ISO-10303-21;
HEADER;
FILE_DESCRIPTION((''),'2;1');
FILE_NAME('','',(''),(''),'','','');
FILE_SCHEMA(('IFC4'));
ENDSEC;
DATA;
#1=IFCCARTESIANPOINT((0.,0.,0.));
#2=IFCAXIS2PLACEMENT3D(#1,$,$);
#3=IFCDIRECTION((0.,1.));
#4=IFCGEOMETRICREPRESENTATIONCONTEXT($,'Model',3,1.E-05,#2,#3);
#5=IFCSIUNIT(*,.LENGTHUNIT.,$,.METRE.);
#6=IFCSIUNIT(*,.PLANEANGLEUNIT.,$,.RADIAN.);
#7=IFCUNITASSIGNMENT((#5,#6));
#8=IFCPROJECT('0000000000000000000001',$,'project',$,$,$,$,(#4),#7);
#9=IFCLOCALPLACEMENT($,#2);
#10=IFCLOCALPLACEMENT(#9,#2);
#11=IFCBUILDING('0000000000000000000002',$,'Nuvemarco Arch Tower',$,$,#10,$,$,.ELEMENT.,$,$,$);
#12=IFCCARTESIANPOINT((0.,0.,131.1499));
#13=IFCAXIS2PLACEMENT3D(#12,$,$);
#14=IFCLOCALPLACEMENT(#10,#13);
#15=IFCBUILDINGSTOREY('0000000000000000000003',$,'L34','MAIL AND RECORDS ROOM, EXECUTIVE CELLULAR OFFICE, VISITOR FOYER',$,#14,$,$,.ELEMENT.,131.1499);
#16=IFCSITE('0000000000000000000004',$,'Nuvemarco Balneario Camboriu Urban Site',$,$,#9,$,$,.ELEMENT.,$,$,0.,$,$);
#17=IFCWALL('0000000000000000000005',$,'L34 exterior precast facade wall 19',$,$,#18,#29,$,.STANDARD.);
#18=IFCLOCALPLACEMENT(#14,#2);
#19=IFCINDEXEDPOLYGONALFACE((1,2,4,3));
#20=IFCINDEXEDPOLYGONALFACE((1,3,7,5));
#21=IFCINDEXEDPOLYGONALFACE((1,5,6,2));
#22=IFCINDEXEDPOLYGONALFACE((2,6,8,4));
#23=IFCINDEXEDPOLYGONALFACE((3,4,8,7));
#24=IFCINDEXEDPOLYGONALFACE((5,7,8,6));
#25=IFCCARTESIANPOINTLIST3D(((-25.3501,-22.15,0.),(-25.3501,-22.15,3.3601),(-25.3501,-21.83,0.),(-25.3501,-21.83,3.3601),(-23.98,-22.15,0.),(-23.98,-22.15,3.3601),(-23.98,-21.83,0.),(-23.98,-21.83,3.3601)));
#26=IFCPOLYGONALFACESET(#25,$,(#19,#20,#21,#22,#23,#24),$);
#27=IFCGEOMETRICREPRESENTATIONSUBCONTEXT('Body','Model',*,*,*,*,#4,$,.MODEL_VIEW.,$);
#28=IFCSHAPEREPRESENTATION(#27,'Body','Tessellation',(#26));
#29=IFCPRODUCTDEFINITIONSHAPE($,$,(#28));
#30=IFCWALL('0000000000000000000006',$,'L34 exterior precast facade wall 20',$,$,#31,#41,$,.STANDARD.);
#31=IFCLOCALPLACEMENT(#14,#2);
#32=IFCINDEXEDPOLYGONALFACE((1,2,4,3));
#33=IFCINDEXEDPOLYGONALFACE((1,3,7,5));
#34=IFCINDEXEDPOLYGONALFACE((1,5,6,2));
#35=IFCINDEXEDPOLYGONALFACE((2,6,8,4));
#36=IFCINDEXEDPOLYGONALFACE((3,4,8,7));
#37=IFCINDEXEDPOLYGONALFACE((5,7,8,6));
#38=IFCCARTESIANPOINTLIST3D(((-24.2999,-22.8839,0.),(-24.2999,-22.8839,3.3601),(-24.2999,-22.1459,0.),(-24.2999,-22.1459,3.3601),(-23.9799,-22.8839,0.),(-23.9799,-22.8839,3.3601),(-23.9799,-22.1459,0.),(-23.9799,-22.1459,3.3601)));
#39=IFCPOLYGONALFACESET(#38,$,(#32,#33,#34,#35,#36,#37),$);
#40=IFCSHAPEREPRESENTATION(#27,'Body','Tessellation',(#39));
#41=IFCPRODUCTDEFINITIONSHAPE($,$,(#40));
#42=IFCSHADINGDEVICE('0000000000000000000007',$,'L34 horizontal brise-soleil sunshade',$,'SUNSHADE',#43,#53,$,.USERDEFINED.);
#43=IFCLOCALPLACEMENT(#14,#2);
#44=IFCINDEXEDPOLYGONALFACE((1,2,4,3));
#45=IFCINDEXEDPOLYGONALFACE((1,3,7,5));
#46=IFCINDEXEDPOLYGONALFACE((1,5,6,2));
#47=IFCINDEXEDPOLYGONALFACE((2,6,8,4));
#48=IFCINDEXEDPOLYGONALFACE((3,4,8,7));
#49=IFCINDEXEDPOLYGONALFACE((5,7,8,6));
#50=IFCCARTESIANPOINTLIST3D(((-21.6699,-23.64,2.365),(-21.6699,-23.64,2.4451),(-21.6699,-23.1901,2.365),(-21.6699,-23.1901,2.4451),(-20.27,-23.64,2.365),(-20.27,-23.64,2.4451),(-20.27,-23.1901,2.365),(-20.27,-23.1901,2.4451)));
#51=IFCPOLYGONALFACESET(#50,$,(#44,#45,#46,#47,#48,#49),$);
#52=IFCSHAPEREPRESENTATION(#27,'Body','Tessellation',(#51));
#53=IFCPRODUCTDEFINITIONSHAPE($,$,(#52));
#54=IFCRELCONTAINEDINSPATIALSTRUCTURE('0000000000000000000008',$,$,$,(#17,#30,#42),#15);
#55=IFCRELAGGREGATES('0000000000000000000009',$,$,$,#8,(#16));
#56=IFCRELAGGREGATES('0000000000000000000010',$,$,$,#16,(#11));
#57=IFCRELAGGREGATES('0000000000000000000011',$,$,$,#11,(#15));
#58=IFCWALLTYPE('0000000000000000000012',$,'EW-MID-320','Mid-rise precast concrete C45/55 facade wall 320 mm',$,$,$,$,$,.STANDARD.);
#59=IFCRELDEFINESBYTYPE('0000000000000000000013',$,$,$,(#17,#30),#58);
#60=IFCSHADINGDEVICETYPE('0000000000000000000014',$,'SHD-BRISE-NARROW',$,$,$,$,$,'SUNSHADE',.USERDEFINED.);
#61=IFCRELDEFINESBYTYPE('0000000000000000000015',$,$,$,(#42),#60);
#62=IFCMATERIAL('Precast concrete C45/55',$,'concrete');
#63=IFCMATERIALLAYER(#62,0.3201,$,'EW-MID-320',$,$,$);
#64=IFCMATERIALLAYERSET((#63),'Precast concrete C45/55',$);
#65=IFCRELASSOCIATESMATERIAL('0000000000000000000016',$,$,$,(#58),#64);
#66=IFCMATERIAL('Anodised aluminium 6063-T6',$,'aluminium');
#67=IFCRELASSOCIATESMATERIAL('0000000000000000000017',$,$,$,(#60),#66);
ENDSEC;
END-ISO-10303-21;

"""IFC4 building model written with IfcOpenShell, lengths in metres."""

from ifc_helpers import new_model, si_unit, direction, frame, frame_2d, origin, origin_2d, place, context, subcontext, project, spatial, rectangle, extrude, source, transform, mapped, material, layer, layer_set, type_object, type_shapes, element, save


model = new_model("IFC4")

# Units and contexts
model_context = context("Model", 3, precision=1e-05, world=origin(), true_north=direction((0.0, 1.0)))
body_context = subcontext(model_context, "Body", "Model", "MODEL_VIEW")
ifc_project = project(units=[si_unit("LENGTHUNIT", "METRE"), si_unit("PLANEANGLEUNIT", "RADIAN")], contexts=[model_context])

# Site, building, storey
site_placement = place(None, origin())
site = spatial("IfcSite", under=ifc_project, at=site_placement, Name="Nuvemarco Balneario Camboriu Urban Site", CompositionType="ELEMENT", RefElevation=0.0)
building_placement = place(site_placement, origin())
building = spatial("IfcBuilding", under=site, at=building_placement, Name="Nuvemarco Arch Tower", CompositionType="ELEMENT")
storey_placement = place(building_placement, frame((0.0, 0.0, 131.1499)))
storey = spatial("IfcBuildingStorey", under=building, at=storey_placement, Name="L34", Description="MAIL AND RECORDS ROOM, EXECUTIVE CELLULAR OFFICE, VISITOR FOYER", CompositionType="ELEMENT", Elevation=131.1499)

# Shared definitions
ifc_material_1 = material(Name="Precast concrete C45/55", Category="concrete")
ifc_layer = layer(ifc_material_1, 0.3201, Name="EW-MID-320")
ifc_layer_set = layer_set([ifc_layer], Name="Precast concrete C45/55")
wall_type = type_object("IfcWallType", Name="EW-MID-320", Description="Mid-rise precast concrete C45/55 facade wall 320 mm", PredefinedType="STANDARD", material=ifc_layer_set)

# Walls
wall_1_placement = place(storey_placement, frame((-25.3501, -21.99, 0.0), z_axis=(0.0, 0.0, 1.0), x_axis=(1.0, 0.0, 0.0)))
element("IfcWall", 1, at=wall_1_placement, inside=storey, type_object=wall_type, Name="L34 exterior precast facade wall 19", PredefinedType="STANDARD", context=body_context, shape_type="SweptSolid", body=[
    extrude(rectangle(XDim=1.3701, YDim=0.3201, at=frame_2d((0.6851, 0.0))), origin(), (0.0, 0.0, 1.0), 3.3601),
])
wall_2_placement = place(storey_placement, frame((-24.1399, -22.884, 0.0), z_axis=(0.0, 0.0, 1.0), x_axis=(0.0, 1.0, 0.0)))
element("IfcWall", 2, at=wall_2_placement, inside=storey, type_object=wall_type, Name="L34 exterior precast facade wall 20", PredefinedType="STANDARD", context=body_context, shape_type="SweptSolid", body=[
    extrude(rectangle(XDim=0.738, YDim=0.3201, at=frame_2d((0.3691, 0.0))), origin(), (0.0, 0.0, 1.0), 3.3601),
])

# Shading device
ifc_material_2 = material(Name="Anodised aluminium 6063-T6", Category="aluminium")
shading_device_type = type_object("IfcShadingDeviceType", Name="SHD-BRISE-NARROW", ElementType="SUNSHADE", PredefinedType="USERDEFINED", material=ifc_material_2)
shared_shape_1 = source(origin(), body_context, "Body", "SweptSolid", [
    extrude(rectangle(XDim=1.3999, YDim=0.45, at=origin_2d()), origin(), (0.0, 0.0, 1.0), 0.0801),
])
type_shapes(shading_device_type, [shared_shape_1])
shading_device_placement = place(storey_placement, frame((-20.97, -23.415, 2.365), z_axis=(0.0, 0.0, 1.0), x_axis=(1.0, 0.0, 0.0)))
element("IfcShadingDevice", 3, at=shading_device_placement, inside=storey, type_object=shading_device_type, Name="L34 horizontal brise-soleil sunshade", ObjectType="SUNSHADE", PredefinedType="USERDEFINED", context=body_context, shape_type="MappedRepresentation", body=[
    mapped(shared_shape_1, transform((0.0, 0.0, 0.0), scale=1.0)),
])

save(model, "model.ifc")
